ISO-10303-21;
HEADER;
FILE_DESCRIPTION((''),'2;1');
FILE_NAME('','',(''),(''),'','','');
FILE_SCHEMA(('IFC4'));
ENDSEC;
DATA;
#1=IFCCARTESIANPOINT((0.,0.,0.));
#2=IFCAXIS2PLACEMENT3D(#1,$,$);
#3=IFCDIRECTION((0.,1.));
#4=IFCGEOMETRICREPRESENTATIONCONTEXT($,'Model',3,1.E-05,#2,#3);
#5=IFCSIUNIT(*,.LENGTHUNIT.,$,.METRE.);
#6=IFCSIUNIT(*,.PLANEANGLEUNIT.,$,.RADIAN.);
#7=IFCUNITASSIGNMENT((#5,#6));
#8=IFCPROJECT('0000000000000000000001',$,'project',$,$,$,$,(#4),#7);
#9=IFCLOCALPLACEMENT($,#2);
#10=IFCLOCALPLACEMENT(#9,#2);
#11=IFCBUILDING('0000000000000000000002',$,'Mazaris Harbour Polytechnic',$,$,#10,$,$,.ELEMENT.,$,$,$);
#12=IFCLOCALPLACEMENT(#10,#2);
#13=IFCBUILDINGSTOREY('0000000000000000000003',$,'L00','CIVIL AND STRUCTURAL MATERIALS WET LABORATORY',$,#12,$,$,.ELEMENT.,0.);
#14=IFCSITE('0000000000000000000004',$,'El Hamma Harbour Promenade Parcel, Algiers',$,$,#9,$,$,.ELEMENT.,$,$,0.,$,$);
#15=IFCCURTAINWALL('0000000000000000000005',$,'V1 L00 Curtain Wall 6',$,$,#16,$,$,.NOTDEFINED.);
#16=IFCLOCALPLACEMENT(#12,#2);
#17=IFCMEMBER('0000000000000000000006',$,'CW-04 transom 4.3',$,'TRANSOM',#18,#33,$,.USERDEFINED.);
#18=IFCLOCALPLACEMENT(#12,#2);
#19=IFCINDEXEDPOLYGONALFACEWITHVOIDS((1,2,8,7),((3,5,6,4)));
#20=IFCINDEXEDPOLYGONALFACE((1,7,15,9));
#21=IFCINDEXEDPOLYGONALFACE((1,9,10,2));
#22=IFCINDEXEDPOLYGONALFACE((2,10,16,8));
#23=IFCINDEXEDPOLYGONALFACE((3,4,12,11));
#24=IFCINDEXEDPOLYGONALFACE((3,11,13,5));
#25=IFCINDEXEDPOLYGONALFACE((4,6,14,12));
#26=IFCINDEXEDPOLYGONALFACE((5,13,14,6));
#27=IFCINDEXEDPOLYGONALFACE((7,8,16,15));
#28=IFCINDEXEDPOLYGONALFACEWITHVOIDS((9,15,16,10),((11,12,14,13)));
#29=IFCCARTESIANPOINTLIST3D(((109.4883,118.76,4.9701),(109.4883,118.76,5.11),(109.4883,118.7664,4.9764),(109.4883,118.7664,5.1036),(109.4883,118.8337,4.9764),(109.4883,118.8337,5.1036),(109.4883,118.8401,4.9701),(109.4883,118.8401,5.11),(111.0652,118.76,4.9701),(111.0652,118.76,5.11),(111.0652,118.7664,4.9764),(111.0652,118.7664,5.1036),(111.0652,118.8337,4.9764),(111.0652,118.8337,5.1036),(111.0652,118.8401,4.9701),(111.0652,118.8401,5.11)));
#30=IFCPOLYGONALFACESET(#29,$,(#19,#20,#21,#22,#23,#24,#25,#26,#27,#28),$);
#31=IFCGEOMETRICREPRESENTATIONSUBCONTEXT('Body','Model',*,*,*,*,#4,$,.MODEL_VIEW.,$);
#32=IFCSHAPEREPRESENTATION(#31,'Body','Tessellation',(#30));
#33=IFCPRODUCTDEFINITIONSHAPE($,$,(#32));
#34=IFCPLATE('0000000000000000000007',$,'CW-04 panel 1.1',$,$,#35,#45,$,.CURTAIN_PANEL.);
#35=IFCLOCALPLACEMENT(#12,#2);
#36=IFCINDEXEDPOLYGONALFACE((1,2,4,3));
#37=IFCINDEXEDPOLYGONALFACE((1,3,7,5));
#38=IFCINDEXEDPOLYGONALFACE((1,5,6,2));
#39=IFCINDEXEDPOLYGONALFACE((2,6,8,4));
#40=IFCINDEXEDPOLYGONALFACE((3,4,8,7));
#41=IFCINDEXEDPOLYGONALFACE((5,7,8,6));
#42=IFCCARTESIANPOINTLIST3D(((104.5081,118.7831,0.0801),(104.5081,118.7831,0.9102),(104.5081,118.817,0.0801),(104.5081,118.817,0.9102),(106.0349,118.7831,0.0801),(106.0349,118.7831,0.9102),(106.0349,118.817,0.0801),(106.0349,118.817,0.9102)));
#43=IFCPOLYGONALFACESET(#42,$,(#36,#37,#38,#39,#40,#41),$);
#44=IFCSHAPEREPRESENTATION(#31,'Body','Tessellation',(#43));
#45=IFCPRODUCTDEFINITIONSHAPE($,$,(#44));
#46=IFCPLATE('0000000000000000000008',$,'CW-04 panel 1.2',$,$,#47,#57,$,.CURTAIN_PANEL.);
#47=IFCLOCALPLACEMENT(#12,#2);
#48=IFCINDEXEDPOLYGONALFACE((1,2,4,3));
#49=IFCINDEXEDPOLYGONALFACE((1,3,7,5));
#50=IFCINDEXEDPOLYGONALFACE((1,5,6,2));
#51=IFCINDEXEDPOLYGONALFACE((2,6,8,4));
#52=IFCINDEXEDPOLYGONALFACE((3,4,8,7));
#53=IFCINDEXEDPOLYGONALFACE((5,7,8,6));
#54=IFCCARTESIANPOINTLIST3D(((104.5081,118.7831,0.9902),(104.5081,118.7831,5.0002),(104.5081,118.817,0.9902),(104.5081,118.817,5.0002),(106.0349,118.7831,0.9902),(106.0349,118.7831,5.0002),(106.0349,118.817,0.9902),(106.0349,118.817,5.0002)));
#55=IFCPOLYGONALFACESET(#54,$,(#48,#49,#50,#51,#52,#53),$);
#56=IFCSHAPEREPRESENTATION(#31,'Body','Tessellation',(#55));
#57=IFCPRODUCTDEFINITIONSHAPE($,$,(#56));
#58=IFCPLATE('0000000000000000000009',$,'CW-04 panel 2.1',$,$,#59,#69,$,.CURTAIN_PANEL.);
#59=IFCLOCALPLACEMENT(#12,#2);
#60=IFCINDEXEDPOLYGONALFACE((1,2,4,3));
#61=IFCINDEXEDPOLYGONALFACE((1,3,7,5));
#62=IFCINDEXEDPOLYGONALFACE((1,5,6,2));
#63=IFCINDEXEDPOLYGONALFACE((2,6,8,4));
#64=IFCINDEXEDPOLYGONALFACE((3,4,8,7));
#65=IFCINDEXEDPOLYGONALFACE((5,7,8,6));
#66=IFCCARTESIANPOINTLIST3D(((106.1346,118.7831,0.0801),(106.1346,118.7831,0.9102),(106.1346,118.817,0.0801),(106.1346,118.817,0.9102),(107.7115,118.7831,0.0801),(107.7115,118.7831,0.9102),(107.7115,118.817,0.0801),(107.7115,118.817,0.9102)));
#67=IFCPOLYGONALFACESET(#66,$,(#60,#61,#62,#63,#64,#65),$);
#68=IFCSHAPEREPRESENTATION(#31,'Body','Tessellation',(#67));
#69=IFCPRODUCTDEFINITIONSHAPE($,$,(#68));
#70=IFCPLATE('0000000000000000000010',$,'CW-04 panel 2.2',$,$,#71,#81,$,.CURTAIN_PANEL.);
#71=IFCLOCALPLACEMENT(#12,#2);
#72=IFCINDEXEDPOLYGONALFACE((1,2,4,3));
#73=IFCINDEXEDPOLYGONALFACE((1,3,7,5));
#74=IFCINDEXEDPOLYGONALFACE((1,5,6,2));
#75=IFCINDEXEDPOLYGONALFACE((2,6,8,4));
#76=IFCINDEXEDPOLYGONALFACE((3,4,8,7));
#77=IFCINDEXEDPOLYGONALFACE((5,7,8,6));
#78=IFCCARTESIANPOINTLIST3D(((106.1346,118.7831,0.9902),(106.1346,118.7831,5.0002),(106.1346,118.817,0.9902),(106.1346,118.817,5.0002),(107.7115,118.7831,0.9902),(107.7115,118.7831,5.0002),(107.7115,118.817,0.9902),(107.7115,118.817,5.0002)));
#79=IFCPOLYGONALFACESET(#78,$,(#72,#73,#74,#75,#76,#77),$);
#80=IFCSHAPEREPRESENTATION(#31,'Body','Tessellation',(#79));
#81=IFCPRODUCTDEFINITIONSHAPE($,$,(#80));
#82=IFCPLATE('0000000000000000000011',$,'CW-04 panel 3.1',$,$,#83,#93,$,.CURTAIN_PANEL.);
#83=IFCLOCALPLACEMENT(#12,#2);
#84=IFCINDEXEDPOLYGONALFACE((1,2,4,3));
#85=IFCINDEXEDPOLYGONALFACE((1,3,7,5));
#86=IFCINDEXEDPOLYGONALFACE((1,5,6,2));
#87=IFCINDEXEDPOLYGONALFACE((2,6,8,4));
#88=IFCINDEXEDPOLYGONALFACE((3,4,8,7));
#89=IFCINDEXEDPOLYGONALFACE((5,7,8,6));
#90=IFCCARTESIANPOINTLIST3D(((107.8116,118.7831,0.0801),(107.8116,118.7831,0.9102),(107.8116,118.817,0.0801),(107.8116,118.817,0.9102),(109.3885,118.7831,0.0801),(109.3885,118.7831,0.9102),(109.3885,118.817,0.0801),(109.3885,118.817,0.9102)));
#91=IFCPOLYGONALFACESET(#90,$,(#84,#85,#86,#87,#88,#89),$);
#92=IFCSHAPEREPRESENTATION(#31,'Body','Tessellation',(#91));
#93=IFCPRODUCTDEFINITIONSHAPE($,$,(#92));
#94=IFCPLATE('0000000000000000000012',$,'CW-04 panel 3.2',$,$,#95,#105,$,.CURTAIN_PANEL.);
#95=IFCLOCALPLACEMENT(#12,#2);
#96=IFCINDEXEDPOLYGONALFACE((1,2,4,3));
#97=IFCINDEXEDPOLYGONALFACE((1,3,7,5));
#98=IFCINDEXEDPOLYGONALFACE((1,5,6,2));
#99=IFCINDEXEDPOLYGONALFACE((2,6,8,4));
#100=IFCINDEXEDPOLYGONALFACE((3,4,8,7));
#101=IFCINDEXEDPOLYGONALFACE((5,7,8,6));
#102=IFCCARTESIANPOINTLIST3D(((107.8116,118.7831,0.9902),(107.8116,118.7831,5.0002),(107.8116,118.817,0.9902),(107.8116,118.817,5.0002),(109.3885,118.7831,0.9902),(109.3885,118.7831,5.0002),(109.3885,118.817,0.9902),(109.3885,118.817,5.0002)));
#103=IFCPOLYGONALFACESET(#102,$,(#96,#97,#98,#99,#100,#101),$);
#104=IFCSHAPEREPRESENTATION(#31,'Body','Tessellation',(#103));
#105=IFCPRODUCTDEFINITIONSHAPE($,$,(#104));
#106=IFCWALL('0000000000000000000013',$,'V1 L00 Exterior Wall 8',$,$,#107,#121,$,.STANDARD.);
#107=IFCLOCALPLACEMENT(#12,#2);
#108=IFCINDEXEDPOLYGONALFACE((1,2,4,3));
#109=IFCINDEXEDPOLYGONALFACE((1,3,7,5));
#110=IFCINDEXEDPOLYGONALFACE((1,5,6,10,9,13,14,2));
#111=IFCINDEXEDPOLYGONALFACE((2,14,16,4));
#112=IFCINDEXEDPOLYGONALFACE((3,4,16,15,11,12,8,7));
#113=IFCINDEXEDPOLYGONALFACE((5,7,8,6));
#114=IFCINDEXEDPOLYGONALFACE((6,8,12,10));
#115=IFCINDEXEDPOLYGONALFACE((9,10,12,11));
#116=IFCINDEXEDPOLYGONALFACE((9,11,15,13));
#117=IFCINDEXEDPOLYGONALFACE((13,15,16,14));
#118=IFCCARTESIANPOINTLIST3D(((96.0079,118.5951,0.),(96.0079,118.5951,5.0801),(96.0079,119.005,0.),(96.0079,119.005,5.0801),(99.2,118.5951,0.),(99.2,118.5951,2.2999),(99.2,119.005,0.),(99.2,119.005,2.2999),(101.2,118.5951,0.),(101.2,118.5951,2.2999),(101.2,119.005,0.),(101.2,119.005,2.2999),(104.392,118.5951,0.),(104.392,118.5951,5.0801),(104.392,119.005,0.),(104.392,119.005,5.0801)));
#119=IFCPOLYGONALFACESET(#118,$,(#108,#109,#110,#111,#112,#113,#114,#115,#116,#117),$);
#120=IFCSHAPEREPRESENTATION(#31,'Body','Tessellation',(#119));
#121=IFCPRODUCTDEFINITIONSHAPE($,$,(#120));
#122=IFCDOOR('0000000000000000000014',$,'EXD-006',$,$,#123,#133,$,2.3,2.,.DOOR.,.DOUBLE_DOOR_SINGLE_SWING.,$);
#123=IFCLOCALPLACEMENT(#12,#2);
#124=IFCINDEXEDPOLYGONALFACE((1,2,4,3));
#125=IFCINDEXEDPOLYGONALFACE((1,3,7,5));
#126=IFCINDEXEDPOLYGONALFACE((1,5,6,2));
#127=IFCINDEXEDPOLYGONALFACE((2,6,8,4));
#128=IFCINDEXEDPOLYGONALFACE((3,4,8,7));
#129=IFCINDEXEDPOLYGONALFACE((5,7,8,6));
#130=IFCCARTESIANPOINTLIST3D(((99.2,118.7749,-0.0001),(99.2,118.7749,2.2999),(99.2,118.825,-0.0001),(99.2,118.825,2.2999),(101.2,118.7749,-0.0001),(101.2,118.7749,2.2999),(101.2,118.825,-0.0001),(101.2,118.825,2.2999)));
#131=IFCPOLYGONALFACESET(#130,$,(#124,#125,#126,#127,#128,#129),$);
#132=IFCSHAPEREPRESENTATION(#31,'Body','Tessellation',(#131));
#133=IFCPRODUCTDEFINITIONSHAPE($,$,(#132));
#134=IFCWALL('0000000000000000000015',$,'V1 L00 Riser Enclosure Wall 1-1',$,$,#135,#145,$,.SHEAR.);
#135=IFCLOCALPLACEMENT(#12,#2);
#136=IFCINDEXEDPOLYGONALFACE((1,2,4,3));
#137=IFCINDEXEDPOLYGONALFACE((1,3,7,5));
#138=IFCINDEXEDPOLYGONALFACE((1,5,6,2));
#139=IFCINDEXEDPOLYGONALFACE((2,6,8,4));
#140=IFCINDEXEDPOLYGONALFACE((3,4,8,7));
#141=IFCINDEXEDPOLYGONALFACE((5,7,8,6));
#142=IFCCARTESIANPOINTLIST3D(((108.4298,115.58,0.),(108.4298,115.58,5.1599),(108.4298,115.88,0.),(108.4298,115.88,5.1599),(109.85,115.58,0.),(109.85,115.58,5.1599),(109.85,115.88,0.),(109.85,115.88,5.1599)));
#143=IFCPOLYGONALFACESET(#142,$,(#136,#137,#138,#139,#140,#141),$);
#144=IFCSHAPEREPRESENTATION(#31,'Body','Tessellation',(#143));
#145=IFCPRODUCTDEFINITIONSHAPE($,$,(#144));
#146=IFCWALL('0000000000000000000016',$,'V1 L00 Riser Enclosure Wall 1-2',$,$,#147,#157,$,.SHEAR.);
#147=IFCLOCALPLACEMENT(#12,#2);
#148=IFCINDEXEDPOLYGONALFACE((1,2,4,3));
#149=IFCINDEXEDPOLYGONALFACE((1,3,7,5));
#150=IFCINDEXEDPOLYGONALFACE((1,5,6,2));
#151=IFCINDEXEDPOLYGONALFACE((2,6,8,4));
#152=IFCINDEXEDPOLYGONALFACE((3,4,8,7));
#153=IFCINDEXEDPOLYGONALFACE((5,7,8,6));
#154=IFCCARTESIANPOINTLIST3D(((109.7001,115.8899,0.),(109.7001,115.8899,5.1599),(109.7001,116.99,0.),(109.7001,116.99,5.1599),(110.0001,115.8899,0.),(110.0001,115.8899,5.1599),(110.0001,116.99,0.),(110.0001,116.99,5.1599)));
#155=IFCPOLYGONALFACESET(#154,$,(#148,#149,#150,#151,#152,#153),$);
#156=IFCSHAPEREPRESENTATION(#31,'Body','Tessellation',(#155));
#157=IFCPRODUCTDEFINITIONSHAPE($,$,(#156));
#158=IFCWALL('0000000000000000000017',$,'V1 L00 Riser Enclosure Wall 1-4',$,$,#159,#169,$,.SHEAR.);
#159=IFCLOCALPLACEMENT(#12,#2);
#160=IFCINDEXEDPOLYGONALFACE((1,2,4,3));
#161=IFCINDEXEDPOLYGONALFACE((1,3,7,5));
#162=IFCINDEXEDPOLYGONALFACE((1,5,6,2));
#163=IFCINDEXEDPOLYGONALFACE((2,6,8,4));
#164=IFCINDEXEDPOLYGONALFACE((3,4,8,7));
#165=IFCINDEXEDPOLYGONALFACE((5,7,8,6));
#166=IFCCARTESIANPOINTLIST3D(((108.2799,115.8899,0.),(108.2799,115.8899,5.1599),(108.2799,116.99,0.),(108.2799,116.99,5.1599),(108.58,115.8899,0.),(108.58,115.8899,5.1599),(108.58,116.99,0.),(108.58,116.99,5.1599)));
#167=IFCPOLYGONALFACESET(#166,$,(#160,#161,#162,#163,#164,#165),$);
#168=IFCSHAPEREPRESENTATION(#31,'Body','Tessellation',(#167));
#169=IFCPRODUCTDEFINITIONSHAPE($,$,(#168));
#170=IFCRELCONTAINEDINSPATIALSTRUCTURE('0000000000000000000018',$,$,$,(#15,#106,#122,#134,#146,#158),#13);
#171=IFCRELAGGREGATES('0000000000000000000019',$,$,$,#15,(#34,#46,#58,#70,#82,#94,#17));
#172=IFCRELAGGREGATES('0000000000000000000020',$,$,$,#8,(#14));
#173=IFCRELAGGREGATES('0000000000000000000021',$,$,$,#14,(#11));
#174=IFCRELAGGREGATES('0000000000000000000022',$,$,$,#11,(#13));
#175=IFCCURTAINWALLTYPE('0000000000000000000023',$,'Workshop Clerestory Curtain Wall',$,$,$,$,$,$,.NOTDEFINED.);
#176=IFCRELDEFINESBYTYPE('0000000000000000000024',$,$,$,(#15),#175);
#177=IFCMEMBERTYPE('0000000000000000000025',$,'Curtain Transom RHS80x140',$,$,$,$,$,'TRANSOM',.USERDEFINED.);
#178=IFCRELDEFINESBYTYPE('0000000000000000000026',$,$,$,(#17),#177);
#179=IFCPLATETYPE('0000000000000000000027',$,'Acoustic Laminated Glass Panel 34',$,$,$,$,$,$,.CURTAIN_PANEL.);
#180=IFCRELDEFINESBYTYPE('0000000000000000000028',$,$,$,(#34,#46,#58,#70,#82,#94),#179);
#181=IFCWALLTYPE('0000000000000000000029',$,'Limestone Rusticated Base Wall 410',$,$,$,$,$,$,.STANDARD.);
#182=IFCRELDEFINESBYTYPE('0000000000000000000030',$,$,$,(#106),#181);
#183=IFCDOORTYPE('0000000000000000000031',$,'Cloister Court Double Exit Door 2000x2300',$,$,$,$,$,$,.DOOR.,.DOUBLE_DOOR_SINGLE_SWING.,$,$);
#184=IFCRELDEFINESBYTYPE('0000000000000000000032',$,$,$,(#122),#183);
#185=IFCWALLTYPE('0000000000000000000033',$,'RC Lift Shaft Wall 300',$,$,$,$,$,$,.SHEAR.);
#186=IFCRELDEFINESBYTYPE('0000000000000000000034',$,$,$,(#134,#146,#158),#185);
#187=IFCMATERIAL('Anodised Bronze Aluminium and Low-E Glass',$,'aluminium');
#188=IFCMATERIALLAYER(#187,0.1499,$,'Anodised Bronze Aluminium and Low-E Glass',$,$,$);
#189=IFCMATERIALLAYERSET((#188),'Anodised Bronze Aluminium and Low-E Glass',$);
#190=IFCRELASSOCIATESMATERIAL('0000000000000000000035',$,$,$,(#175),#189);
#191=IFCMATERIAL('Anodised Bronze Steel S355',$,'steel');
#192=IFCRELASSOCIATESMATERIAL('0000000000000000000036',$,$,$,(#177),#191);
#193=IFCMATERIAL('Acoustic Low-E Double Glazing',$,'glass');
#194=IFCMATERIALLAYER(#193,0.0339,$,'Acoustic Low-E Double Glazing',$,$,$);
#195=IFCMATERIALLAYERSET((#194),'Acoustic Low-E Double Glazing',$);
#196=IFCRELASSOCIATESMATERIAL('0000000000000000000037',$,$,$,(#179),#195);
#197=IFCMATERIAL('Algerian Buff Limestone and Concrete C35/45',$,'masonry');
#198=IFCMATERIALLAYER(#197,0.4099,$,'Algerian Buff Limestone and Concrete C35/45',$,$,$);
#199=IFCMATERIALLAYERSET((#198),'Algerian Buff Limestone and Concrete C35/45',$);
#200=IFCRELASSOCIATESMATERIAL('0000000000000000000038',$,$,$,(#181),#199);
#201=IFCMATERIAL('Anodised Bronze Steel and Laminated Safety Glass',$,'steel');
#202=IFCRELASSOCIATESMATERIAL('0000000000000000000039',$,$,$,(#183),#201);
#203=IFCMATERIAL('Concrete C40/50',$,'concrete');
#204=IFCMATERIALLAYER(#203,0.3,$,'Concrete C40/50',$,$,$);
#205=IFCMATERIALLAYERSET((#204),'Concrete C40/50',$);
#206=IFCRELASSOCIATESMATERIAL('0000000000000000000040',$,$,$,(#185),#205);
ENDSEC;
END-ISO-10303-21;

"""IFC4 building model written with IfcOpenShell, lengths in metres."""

from ifc_helpers import new_model, si_unit, direction, frame, frame_2d, origin, origin_2d, place, context, subcontext, project, spatial, rectangle, hollow_rectangle, extrude, material, layer, layer_set, material_profile, profile_set, type_object, element, fill, aggregate, save


model = new_model("IFC4")

# Units and contexts
model_context = context("Model", 3, precision=1e-05, world=origin(), true_north=direction((0.0, 1.0)))
body_context = subcontext(model_context, "Body", "Model", "MODEL_VIEW")
ifc_project = project(units=[si_unit("LENGTHUNIT", "METRE"), si_unit("PLANEANGLEUNIT", "RADIAN")], contexts=[model_context])

# Site, building, storey
site_placement = place(None, origin())
site = spatial("IfcSite", under=ifc_project, at=site_placement, Name="El Hamma Harbour Promenade Parcel, Algiers", CompositionType="ELEMENT", RefElevation=0.0)
building_placement = place(site_placement, origin())
building = spatial("IfcBuilding", under=site, at=building_placement, Name="Mazaris Harbour Polytechnic", CompositionType="ELEMENT")
storey_placement = place(building_placement, origin())
storey = spatial("IfcBuildingStorey", under=building, at=storey_placement, Name="L00", Description="CIVIL AND STRUCTURAL MATERIALS WET LABORATORY", CompositionType="ELEMENT", Elevation=0.0)

# Curtain wall, member, plates
ifc_material_1 = material(Name="Anodised Bronze Aluminium and Low-E Glass", Category="aluminium")
ifc_layer_1 = layer(ifc_material_1, 0.1499, Name="Anodised Bronze Aluminium and Low-E Glass")
ifc_layer_set_1 = layer_set([ifc_layer_1], Name="Anodised Bronze Aluminium and Low-E Glass")
curtain_wall_type = type_object("IfcCurtainWallType", Name="Workshop Clerestory Curtain Wall", PredefinedType="NOTDEFINED", material=ifc_layer_set_1)
curtain_wall_placement = place(storey_placement, origin())
curtain_wall = element("IfcCurtainWall", 1, at=curtain_wall_placement, inside=storey, type_object=curtain_wall_type, Name="V1 L00 Curtain Wall 6", PredefinedType="NOTDEFINED")
ifc_material_2 = material(Name="Anodised Bronze Steel S355", Category="steel")
ifc_material_profile_1 = material_profile(ifc_material_2, hollow_rectangle(XDim=0.0801, YDim=0.1399, WallThickness=0.0063, at=origin_2d()), Name="RHS 80x140x6.3")
ifc_profile_set_1 = profile_set([ifc_material_profile_1], Name="Anodised Bronze Steel S355")
member_type_1 = type_object("IfcMemberType", Name="Curtain Transom RHS80x140", ElementType="TRANSOM", PredefinedType="USERDEFINED", material=ifc_profile_set_1)
member_1_placement = place(storey_placement, frame((109.4883, 118.8, 5.04), z_axis=(1.0, 0.0, 0.0), x_axis=(0.0, 1.0, 0.0)))
member_1 = element("IfcMember", 2, at=member_1_placement, type_object=member_type_1, Name="CW-04 transom 4.3", ObjectType="TRANSOM", PredefinedType="USERDEFINED", context=body_context, shape_type="SweptSolid", body=[
    extrude(hollow_rectangle(XDim=0.0801, YDim=0.1399, WallThickness=0.0063, at=origin_2d()), origin(), (0.0, 0.0, 1.0), 1.5769),
])
ifc_material_3 = material(Name="Acoustic Low-E Double Glazing", Category="glass")
ifc_layer_2 = layer(ifc_material_3, 0.0339, Name="Acoustic Low-E Double Glazing")
ifc_layer_set_2 = layer_set([ifc_layer_2], Name="Acoustic Low-E Double Glazing")
plate_type = type_object("IfcPlateType", Name="Acoustic Laminated Glass Panel 34", PredefinedType="CURTAIN_PANEL", material=ifc_layer_set_2)
plate_1_placement = place(storey_placement, frame((105.2715, 118.8, 0.0801), z_axis=(0.0, 0.0, 1.0), x_axis=(1.0, 0.0, 0.0)))
plate_1 = element("IfcPlate", 3, at=plate_1_placement, type_object=plate_type, Name="CW-04 panel 1.1", PredefinedType="CURTAIN_PANEL", context=body_context, shape_type="SweptSolid", body=[
    extrude(rectangle(XDim=1.5269, YDim=0.0339, at=origin_2d()), origin(), (0.0, 0.0, 1.0), 0.8301),
])
plate_2_placement = place(storey_placement, frame((105.2715, 118.8, 0.9902), z_axis=(0.0, 0.0, 1.0), x_axis=(1.0, 0.0, 0.0)))
plate_2 = element("IfcPlate", 4, at=plate_2_placement, type_object=plate_type, Name="CW-04 panel 1.2", PredefinedType="CURTAIN_PANEL", context=body_context, shape_type="SweptSolid", body=[
    extrude(rectangle(XDim=1.5269, YDim=0.0339, at=origin_2d()), origin(), (0.0, 0.0, 1.0), 4.01),
])
plate_3_placement = place(storey_placement, frame((106.9231, 118.8, 0.0801), z_axis=(0.0, 0.0, 1.0), x_axis=(1.0, 0.0, 0.0)))
plate_3 = element("IfcPlate", 5, at=plate_3_placement, type_object=plate_type, Name="CW-04 panel 2.1", PredefinedType="CURTAIN_PANEL", context=body_context, shape_type="SweptSolid", body=[
    extrude(rectangle(XDim=1.5769, YDim=0.0339, at=origin_2d()), origin(), (0.0, 0.0, 1.0), 0.8301),
])
plate_4_placement = place(storey_placement, frame((106.9231, 118.8, 0.9902), z_axis=(0.0, 0.0, 1.0), x_axis=(1.0, 0.0, 0.0)))
plate_4 = element("IfcPlate", 6, at=plate_4_placement, type_object=plate_type, Name="CW-04 panel 2.2", PredefinedType="CURTAIN_PANEL", context=body_context, shape_type="SweptSolid", body=[
    extrude(rectangle(XDim=1.5769, YDim=0.0339, at=origin_2d()), origin(), (0.0, 0.0, 1.0), 4.01),
])
plate_5_placement = place(storey_placement, frame((108.6001, 118.8, 0.0801), z_axis=(0.0, 0.0, 1.0), x_axis=(1.0, 0.0, 0.0)))
plate_5 = element("IfcPlate", 7, at=plate_5_placement, type_object=plate_type, Name="CW-04 panel 3.1", PredefinedType="CURTAIN_PANEL", context=body_context, shape_type="SweptSolid", body=[
    extrude(rectangle(XDim=1.5769, YDim=0.0339, at=origin_2d()), origin(), (0.0, 0.0, 1.0), 0.8301),
])
plate_6_placement = place(storey_placement, frame((108.6001, 118.8, 0.9902), z_axis=(0.0, 0.0, 1.0), x_axis=(1.0, 0.0, 0.0)))
plate_6 = element("IfcPlate", 8, at=plate_6_placement, type_object=plate_type, Name="CW-04 panel 3.2", PredefinedType="CURTAIN_PANEL", context=body_context, shape_type="SweptSolid", body=[
    extrude(rectangle(XDim=1.5769, YDim=0.0339, at=origin_2d()), origin(), (0.0, 0.0, 1.0), 4.01),
])
aggregate(curtain_wall, [plate_1, plate_2, plate_3, plate_4, plate_5, plate_6, member_1])

# Wall, opening, door
ifc_material_4 = material(Name="Algerian Buff Limestone and Concrete C35/45", Category="masonry")
ifc_layer_3 = layer(ifc_material_4, 0.4099, Name="Algerian Buff Limestone and Concrete C35/45")
ifc_layer_set_3 = layer_set([ifc_layer_3], Name="Algerian Buff Limestone and Concrete C35/45")
wall_type_1 = type_object("IfcWallType", Name="Limestone Rusticated Base Wall 410", PredefinedType="STANDARD", material=ifc_layer_set_3)
wall_1_placement = place(storey_placement, frame((96.0081, 118.8, 0.0), z_axis=(0.0, 0.0, 1.0), x_axis=(1.0, 0.0, 0.0)))
wall_1 = element("IfcWall", 9, at=wall_1_placement, inside=storey, type_object=wall_type_1, Name="V1 L00 Exterior Wall 8", PredefinedType="STANDARD", context=body_context, shape_type="SweptSolid", body=[
    extrude(rectangle(XDim=8.384, YDim=0.4099, at=frame_2d((4.1919, 0.0))), origin(), (0.0, 0.0, 1.0), 5.0801),
])
opening_placement = place(wall_1_placement, frame((3.1919, 0.0, 0.0)))
opening = element("IfcOpeningElement", 10, at=opening_placement, cuts=wall_1, PredefinedType="OPENING", context=body_context, shape_type="SweptSolid", body=[
    extrude(rectangle(XDim=2.0, YDim=2.3, at=frame_2d((1.0, 1.1499))), frame((0.0, 0.2148, 0.0), z_axis=(0.0, -1.0, 0.0), x_axis=(1.0, 0.0, 0.0)), (0.0, 0.0, 1.0), 0.4299),
])
ifc_material_5 = material(Name="Anodised Bronze Steel and Laminated Safety Glass", Category="steel")
door_type = type_object("IfcDoorType", Name="Cloister Court Double Exit Door 2000x2300", OperationType="DOUBLE_DOOR_SINGLE_SWING", PredefinedType="DOOR", material=ifc_material_5)
door_placement = place(opening_placement, origin())
door = element("IfcDoor", 11, at=door_placement, inside=storey, type_object=door_type, Name="EXD-006", OperationType="DOUBLE_DOOR_SINGLE_SWING", OverallHeight=2.3, OverallWidth=2.0, PredefinedType="DOOR", context=body_context, shape_type="SweptSolid", body=[
    extrude(rectangle(XDim=2.0, YDim=2.3, at=frame_2d((1.0, 1.1499))), frame((0.0, 0.0249, 0.0), z_axis=(0.0, -1.0, 0.0), x_axis=(1.0, 0.0, 0.0)), (0.0, 0.0, 1.0), 0.05),
])
fill(opening, door)

# Walls
ifc_material_6 = material(Name="Concrete C40/50", Category="concrete")
ifc_layer_4 = layer(ifc_material_6, 0.3, Name="Concrete C40/50")
ifc_layer_set_4 = layer_set([ifc_layer_4], Name="Concrete C40/50")
wall_type_2 = type_object("IfcWallType", Name="RC Lift Shaft Wall 300", PredefinedType="SHEAR", material=ifc_layer_set_4)
wall_2_placement = place(storey_placement, frame((108.4299, 115.73, 0.0), z_axis=(0.0, 0.0, 1.0), x_axis=(1.0, 0.0, 0.0)))
element("IfcWall", 12, at=wall_2_placement, inside=storey, type_object=wall_type_2, Name="V1 L00 Riser Enclosure Wall 1-1", PredefinedType="SHEAR", context=body_context, shape_type="SweptSolid", body=[
    extrude(rectangle(XDim=1.4202, YDim=0.3, at=frame_2d((0.71, 0.0))), origin(), (0.0, 0.0, 1.0), 5.1599),
])
for number, where, z_axis, x_axis, name in (
    (13, (109.8501, 115.8899, 0.0), (0.0, 0.0, 1.0), (0.0, 1.0, 0.0), "V1 L00 Riser Enclosure Wall 1-2"),
    (14, (108.4299, 116.99, 0.0), (0.0, 0.0, 1.0), (0.0, -1.0, 0.0), "V1 L00 Riser Enclosure Wall 1-4"),
):
    element("IfcWall", number, at=place(storey_placement, frame(where, z_axis=z_axis, x_axis=x_axis)), inside=storey, type_object=wall_type_2, Name=name, PredefinedType="SHEAR", context=body_context, shape_type="SweptSolid", body=[
        extrude(rectangle(XDim=1.1001, YDim=0.3, at=frame_2d((0.55, 0.0))), origin(), (0.0, 0.0, 1.0), 5.1599),
    ])

save(model, "model.ifc")
